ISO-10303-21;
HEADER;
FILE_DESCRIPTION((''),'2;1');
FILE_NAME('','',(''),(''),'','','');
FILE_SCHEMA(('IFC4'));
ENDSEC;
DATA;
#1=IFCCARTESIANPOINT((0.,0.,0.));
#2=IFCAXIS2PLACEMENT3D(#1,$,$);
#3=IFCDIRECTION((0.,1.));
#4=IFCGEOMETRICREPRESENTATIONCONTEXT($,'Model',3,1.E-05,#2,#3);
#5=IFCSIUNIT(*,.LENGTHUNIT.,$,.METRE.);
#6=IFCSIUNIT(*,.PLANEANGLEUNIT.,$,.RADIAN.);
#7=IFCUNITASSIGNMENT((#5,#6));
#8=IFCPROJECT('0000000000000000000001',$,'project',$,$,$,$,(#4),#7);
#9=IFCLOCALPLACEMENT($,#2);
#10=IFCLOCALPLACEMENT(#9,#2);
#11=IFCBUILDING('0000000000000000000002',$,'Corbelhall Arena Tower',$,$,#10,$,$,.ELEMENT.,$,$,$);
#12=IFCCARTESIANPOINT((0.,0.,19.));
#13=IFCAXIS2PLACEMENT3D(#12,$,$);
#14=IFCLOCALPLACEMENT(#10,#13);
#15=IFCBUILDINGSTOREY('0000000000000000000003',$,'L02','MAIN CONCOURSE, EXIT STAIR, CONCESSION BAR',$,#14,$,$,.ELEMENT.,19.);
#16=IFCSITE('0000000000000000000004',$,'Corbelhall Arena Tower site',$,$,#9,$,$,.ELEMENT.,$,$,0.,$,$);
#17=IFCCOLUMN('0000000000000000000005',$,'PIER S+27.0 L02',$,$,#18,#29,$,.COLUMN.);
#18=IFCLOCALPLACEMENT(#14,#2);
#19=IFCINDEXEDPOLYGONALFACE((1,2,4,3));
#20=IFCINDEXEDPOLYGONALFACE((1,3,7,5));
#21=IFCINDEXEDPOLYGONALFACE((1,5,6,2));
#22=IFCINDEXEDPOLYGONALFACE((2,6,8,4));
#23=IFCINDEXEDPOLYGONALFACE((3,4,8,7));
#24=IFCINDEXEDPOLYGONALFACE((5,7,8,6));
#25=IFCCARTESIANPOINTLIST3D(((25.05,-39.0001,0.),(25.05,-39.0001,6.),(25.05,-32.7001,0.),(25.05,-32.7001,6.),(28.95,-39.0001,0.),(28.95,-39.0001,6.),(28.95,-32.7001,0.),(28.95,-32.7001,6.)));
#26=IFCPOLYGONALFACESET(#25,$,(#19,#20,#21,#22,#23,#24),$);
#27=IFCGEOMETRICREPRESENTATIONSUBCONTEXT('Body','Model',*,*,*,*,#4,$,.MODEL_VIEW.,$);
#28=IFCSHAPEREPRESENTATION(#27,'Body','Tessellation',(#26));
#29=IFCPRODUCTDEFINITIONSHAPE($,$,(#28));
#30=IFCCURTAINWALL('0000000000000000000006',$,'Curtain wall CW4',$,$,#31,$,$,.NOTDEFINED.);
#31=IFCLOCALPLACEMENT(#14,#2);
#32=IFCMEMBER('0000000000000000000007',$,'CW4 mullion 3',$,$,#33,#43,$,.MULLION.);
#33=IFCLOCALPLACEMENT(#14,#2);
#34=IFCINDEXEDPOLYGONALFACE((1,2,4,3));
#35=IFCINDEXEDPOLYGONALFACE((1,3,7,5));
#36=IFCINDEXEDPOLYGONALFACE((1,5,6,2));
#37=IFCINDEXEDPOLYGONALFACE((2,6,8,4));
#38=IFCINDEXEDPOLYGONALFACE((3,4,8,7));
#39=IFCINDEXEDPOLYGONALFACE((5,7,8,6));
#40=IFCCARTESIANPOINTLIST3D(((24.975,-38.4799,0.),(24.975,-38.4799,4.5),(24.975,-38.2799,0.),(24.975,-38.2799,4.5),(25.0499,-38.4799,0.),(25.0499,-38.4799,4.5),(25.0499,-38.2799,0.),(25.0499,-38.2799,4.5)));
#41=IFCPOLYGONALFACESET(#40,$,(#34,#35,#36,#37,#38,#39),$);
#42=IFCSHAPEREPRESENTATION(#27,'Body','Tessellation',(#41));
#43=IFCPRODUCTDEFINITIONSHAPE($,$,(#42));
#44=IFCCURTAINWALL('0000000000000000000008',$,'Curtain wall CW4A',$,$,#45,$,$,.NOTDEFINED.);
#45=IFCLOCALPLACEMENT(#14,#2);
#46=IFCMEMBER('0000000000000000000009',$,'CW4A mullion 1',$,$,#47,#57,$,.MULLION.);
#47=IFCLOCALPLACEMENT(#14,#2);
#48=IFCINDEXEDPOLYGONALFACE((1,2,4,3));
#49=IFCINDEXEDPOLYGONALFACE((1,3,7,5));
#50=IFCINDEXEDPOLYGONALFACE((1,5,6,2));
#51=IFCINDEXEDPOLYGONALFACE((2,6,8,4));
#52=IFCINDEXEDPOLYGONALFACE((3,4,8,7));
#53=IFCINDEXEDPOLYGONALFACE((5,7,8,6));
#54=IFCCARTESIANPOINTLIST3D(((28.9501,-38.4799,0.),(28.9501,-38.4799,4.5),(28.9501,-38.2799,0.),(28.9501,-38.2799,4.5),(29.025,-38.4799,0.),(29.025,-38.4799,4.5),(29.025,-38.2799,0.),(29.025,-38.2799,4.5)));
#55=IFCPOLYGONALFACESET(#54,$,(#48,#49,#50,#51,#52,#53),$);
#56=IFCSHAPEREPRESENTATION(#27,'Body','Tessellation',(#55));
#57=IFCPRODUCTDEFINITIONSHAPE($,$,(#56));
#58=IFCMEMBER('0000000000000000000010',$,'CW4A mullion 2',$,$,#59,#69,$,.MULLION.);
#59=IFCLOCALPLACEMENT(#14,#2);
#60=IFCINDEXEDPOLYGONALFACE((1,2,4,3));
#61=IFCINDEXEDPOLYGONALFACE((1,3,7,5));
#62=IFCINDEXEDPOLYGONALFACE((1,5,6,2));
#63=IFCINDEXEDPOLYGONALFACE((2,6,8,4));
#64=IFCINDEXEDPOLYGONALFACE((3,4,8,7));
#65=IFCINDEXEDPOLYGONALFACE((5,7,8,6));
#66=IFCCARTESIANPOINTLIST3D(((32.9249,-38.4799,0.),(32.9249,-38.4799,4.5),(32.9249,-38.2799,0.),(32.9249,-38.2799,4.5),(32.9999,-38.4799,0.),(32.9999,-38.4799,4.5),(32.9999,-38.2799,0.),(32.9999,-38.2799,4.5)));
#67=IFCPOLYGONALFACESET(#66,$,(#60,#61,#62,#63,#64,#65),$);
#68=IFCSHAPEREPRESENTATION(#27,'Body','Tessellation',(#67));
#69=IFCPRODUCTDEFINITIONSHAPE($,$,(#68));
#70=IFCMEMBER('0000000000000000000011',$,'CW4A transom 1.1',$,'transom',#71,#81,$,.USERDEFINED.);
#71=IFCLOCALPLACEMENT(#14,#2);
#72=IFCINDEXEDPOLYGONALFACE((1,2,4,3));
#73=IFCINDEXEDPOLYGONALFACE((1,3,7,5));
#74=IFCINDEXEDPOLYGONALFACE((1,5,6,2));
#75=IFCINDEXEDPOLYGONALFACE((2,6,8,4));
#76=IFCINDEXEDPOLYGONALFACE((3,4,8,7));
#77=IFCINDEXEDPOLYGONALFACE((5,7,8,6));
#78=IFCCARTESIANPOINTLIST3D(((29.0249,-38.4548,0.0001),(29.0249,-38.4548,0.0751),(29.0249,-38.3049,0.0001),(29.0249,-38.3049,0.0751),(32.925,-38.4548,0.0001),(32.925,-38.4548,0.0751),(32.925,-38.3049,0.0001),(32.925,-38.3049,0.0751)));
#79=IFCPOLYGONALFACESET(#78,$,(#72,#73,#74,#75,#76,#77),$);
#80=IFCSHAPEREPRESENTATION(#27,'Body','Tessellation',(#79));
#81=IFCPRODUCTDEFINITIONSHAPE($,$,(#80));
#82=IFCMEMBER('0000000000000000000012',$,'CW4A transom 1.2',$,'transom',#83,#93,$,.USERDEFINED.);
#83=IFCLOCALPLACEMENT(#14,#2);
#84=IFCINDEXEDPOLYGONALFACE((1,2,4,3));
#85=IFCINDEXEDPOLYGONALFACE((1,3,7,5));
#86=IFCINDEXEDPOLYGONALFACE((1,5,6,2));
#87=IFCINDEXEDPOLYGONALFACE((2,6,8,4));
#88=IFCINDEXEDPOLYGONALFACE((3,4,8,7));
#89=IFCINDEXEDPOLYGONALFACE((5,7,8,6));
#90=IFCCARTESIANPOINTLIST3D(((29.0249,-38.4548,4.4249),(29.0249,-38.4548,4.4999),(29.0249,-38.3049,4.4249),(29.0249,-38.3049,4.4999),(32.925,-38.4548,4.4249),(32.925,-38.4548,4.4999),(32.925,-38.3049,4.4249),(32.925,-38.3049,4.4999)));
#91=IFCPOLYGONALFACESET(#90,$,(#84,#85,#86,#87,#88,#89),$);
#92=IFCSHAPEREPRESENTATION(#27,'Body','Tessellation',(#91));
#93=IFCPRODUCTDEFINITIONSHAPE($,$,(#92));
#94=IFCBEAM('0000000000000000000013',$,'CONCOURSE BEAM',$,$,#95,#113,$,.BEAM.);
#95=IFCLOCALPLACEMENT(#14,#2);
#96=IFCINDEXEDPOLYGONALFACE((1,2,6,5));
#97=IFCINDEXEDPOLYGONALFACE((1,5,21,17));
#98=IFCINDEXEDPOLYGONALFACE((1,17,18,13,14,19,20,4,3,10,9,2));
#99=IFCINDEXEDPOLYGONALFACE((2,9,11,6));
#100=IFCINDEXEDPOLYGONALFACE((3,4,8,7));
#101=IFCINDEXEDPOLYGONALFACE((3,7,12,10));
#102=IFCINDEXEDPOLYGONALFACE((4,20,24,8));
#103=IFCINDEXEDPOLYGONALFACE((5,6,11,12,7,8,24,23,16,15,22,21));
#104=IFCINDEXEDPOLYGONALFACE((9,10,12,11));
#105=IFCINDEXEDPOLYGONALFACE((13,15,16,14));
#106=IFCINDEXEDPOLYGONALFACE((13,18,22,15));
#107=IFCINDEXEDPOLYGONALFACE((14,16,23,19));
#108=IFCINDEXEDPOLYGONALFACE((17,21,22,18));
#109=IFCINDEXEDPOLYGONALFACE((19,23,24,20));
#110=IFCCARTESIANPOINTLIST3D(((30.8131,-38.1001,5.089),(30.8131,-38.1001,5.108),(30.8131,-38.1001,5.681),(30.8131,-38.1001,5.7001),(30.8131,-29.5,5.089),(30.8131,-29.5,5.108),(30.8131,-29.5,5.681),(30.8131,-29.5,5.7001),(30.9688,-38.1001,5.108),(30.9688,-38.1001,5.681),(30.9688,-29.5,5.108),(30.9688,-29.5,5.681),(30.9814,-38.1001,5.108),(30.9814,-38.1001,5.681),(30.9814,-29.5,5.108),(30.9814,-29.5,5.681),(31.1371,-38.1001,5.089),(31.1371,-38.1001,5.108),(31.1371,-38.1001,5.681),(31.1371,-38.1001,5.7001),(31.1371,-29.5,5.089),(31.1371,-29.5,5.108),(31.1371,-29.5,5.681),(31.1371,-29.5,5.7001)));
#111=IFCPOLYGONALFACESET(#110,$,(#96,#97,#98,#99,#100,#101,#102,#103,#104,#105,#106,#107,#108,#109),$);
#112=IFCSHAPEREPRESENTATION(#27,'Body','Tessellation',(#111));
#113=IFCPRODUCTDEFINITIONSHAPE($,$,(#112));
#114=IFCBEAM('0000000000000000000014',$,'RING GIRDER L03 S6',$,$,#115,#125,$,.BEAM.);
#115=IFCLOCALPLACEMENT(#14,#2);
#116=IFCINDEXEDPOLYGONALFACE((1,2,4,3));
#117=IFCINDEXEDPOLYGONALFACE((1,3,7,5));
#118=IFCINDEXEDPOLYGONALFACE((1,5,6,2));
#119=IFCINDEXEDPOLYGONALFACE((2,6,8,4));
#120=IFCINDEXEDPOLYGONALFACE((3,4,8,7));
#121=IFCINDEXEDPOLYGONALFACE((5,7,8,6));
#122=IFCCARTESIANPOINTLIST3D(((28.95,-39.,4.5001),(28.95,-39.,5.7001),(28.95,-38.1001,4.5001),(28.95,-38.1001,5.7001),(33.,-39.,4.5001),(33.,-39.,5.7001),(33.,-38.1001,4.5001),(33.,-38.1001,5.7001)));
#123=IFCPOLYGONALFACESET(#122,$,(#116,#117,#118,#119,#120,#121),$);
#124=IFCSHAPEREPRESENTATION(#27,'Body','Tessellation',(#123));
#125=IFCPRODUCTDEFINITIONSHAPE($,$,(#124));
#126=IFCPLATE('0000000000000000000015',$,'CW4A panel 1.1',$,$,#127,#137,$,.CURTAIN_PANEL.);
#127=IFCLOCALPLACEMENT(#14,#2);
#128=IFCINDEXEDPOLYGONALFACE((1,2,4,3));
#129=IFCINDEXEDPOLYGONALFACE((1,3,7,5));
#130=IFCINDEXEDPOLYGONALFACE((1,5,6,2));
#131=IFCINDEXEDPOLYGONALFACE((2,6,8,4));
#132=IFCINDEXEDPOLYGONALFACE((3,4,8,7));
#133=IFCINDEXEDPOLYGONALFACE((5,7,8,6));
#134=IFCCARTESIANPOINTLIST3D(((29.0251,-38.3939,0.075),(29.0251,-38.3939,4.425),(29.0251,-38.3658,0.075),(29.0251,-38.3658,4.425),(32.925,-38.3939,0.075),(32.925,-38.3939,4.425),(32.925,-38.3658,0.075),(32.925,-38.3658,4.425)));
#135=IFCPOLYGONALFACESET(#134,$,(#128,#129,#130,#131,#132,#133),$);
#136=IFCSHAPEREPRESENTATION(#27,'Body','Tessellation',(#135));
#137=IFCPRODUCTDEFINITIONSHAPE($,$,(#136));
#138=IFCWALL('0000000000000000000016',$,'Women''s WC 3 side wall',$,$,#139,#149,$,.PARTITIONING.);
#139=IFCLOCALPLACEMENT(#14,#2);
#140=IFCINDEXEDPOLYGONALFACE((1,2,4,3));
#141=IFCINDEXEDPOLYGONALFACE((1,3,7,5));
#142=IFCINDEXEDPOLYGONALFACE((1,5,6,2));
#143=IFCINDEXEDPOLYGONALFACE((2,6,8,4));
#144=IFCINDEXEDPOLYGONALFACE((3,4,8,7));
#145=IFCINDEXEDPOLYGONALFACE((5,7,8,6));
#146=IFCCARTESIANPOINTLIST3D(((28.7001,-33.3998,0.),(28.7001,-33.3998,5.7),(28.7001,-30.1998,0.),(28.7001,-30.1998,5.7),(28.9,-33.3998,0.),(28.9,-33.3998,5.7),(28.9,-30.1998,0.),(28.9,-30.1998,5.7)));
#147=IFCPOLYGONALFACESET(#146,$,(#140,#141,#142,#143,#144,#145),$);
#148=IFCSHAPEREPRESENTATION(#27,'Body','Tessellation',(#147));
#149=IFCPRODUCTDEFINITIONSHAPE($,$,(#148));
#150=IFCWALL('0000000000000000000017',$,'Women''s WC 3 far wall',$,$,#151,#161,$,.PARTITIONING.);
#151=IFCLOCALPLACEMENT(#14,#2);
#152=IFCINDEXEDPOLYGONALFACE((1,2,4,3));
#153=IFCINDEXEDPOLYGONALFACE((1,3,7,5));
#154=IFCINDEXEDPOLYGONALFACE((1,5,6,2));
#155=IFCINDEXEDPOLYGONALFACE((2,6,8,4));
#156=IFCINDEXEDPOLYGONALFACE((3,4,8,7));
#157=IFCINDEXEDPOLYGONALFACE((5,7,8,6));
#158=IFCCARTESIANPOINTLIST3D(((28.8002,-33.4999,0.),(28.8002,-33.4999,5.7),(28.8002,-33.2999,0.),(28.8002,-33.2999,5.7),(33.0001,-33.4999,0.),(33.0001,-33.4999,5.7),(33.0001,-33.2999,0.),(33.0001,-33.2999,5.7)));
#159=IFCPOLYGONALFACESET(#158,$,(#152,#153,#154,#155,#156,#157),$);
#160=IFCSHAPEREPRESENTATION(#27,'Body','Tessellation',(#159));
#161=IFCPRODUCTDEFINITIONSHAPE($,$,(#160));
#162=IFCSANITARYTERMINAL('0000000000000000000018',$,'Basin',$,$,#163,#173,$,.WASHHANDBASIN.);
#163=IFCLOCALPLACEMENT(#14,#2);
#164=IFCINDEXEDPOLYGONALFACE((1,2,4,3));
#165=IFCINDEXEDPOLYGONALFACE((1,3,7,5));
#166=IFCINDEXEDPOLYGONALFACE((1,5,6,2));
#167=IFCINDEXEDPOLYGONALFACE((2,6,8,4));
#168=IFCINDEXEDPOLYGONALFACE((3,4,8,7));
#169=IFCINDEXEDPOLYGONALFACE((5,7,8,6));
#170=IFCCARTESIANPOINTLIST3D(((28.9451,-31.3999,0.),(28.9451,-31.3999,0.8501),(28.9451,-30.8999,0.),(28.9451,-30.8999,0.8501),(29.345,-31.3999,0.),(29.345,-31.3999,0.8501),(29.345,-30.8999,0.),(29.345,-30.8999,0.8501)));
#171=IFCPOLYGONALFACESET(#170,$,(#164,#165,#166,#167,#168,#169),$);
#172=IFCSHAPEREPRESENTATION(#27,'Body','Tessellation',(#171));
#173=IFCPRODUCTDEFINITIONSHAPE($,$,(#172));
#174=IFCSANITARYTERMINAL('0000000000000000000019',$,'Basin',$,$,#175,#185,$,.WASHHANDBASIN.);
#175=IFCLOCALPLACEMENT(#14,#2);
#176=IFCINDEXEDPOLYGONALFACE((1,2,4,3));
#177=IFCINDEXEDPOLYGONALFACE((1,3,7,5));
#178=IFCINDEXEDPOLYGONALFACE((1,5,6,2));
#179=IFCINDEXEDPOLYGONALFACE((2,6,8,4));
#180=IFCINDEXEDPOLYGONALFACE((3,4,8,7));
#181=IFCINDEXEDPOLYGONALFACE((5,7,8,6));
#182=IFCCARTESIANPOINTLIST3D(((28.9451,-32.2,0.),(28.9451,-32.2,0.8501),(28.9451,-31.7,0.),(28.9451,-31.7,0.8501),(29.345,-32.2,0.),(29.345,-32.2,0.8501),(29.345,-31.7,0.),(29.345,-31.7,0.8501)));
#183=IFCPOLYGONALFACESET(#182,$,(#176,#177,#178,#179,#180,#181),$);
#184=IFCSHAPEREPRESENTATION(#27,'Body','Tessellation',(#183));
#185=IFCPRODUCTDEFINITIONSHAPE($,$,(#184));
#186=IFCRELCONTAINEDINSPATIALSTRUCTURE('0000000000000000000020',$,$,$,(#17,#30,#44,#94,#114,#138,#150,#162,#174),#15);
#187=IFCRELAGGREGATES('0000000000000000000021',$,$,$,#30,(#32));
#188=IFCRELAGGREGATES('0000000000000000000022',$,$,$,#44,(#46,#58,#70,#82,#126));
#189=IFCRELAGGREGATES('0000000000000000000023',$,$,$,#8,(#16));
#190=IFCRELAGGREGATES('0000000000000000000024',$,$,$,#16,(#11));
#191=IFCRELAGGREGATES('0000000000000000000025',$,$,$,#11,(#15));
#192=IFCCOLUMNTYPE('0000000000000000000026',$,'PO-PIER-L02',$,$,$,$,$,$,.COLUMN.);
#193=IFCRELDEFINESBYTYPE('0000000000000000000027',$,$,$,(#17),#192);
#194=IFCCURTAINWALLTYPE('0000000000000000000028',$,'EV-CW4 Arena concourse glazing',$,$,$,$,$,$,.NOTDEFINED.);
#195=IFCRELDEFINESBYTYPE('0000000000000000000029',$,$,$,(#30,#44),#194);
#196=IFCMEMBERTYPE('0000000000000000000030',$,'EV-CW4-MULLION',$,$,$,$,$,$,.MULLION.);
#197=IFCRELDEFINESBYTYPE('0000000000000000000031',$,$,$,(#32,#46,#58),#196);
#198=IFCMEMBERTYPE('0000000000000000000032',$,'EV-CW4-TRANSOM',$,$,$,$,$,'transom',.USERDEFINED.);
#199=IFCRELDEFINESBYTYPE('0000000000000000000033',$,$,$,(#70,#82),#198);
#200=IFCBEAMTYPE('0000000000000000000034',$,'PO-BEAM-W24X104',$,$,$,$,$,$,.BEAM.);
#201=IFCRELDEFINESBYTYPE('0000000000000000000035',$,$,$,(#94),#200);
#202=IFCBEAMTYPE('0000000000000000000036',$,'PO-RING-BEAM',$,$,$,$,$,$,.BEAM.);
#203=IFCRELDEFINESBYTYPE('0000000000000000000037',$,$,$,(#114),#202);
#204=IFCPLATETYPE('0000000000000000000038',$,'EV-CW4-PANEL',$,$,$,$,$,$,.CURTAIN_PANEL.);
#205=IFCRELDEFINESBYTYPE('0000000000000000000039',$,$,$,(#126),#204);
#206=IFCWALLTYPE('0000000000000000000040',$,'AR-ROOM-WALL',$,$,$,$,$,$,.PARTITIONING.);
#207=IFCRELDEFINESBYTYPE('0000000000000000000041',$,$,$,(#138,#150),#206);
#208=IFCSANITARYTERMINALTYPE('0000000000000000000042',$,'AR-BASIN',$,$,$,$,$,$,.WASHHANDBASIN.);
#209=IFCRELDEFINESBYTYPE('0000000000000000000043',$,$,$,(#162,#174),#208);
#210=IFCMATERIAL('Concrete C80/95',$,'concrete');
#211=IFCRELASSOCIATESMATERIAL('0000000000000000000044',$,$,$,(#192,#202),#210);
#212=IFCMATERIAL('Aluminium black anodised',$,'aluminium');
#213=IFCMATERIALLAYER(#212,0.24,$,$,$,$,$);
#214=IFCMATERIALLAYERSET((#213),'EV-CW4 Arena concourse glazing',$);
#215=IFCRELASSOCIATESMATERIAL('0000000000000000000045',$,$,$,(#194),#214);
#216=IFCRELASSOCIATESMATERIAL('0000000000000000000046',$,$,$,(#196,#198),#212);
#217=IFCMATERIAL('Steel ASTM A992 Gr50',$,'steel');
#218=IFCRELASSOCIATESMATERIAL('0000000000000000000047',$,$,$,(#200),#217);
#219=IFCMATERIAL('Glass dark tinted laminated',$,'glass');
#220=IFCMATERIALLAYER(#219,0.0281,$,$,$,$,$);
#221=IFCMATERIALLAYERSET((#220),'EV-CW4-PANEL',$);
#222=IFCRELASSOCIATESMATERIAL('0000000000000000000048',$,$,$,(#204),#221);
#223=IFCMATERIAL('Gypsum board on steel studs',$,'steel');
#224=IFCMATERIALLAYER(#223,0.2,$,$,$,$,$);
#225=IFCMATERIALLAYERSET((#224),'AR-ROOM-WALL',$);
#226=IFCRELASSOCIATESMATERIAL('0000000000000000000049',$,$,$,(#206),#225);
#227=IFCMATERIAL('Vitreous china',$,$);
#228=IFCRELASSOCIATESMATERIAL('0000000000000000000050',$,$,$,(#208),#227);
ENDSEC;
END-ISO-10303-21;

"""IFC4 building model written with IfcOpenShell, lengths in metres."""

from ifc_helpers import new_model, si_unit, direction, frame, frame_2d, origin, origin_2d, place, context, subcontext, project, spatial, rectangle, i_section, extrude, material, layer, layer_set, material_profile, profile_set, type_object, element, aggregate, save


model = new_model("IFC4")

# Units and contexts
model_context = context("Model", 3, precision=1e-05, world=origin(), true_north=direction((0.0, 1.0)))
body_context = subcontext(model_context, "Body", "Model", "MODEL_VIEW")
ifc_project = project(units=[si_unit("LENGTHUNIT", "METRE"), si_unit("PLANEANGLEUNIT", "RADIAN")], contexts=[model_context])

# Site, building, storey
site_placement = place(None, origin())
site = spatial("IfcSite", under=ifc_project, at=site_placement, Name="Corbelhall Arena Tower site", CompositionType="ELEMENT", RefElevation=0.0)
building_placement = place(site_placement, origin())
building = spatial("IfcBuilding", under=site, at=building_placement, Name="Corbelhall Arena Tower", CompositionType="ELEMENT")
storey_placement = place(building_placement, frame((0.0, 0.0, 19.0)))
storey = spatial("IfcBuildingStorey", under=building, at=storey_placement, Name="L02", Description="MAIN CONCOURSE, EXIT STAIR, CONCESSION BAR", CompositionType="ELEMENT", Elevation=19.0)

# Column
ifc_material_1 = material(Name="Concrete C80/95", Category="concrete")
ifc_material_profile_1 = material_profile(ifc_material_1, rectangle(XDim=3.8999, YDim=6.3, at=origin_2d()))
ifc_profile_set_1 = profile_set([ifc_material_profile_1], Name="Concrete C80/95")
column_type = type_object("IfcColumnType", Name="PO-PIER-L02", PredefinedType="COLUMN", material=ifc_profile_set_1)
column_placement = place(storey_placement, frame((27.0, -35.8501, 0.0), z_axis=(0.0, 0.0, 1.0), x_axis=(1.0, 0.0, 0.0)))
element("IfcColumn", 1, at=column_placement, inside=storey, type_object=column_type, Name="PIER S+27.0 L02", PredefinedType="COLUMN", context=body_context, shape_type="SweptSolid", body=[
    extrude(rectangle(XDim=3.8999, YDim=6.3, at=origin_2d()), origin(), (0.0, 0.0, 1.0), 6.0),
])

# Curtain wall, member
ifc_material_2 = material(Name="Aluminium black anodised", Category="aluminium")
ifc_layer_1 = layer(ifc_material_2, 0.24)
ifc_layer_set_1 = layer_set([ifc_layer_1], Name="EV-CW4 Arena concourse glazing")
curtain_wall_type = type_object("IfcCurtainWallType", Name="EV-CW4 Arena concourse glazing", PredefinedType="NOTDEFINED", material=ifc_layer_set_1)
curtain_wall_1_placement = place(storey_placement, origin())
curtain_wall_1 = element("IfcCurtainWall", 2, at=curtain_wall_1_placement, inside=storey, type_object=curtain_wall_type, Name="Curtain wall CW4", PredefinedType="NOTDEFINED")
ifc_material_profile_2 = material_profile(ifc_material_2, rectangle(XDim=0.2, YDim=0.075, at=origin_2d()))
ifc_profile_set_2 = profile_set([ifc_material_profile_2], Name="Aluminium black anodised")
member_type_1 = type_object("IfcMemberType", Name="EV-CW4-MULLION", PredefinedType="MULLION", material=ifc_profile_set_2)
member_1_placement = place(storey_placement, frame((25.0125, -38.3799, 0.0), z_axis=(0.0, 0.0, 1.0), x_axis=(0.0, 1.0, 0.0)))
member_1 = element("IfcMember", 3, at=member_1_placement, type_object=member_type_1, Name="CW4 mullion 3", PredefinedType="MULLION", context=body_context, shape_type="SweptSolid", body=[
    extrude(rectangle(XDim=0.2, YDim=0.075, at=origin_2d()), origin(), (0.0, 0.0, 1.0), 4.5),
])
aggregate(curtain_wall_1, [member_1])

# Curtain wall, members
curtain_wall_2_placement = place(storey_placement, origin())
curtain_wall_2 = element("IfcCurtainWall", 4, at=curtain_wall_2_placement, inside=storey, type_object=curtain_wall_type, Name="Curtain wall CW4A", PredefinedType="NOTDEFINED")
member_2_placement = place(storey_placement, frame((28.9875, -38.3799, 0.0), z_axis=(0.0, 0.0, 1.0), x_axis=(0.0, 1.0, 0.0)))
member_2 = element("IfcMember", 5, at=member_2_placement, type_object=member_type_1, Name="CW4A mullion 1", PredefinedType="MULLION", context=body_context, shape_type="SweptSolid", body=[
    extrude(rectangle(XDim=0.2, YDim=0.075, at=origin_2d()), origin(), (0.0, 0.0, 1.0), 4.5),
])
member_3_placement = place(storey_placement, frame((32.9624, -38.3799, 0.0), z_axis=(0.0, 0.0, 1.0), x_axis=(0.0, 1.0, 0.0)))
member_3 = element("IfcMember", 6, at=member_3_placement, type_object=member_type_1, Name="CW4A mullion 2", PredefinedType="MULLION", context=body_context, shape_type="SweptSolid", body=[
    extrude(rectangle(XDim=0.2, YDim=0.075, at=origin_2d()), origin(), (0.0, 0.0, 1.0), 4.5),
])
ifc_material_profile_3 = material_profile(ifc_material_2, rectangle(XDim=0.1499, YDim=0.075, at=origin_2d()))
ifc_profile_set_3 = profile_set([ifc_material_profile_3], Name="Aluminium black anodised")
member_type_2 = type_object("IfcMemberType", Name="EV-CW4-TRANSOM", ElementType="transom", PredefinedType="USERDEFINED", material=ifc_profile_set_3)
member_4_placement = place(storey_placement, frame((29.0249, -38.3799, 0.0376), z_axis=(1.0, 0.0, 0.0), x_axis=(0.0, 1.0, 0.0)))
member_4 = element("IfcMember", 7, at=member_4_placement, type_object=member_type_2, Name="CW4A transom 1.1", ObjectType="transom", PredefinedType="USERDEFINED", context=body_context, shape_type="SweptSolid", body=[
    extrude(rectangle(XDim=0.1499, YDim=0.075, at=origin_2d()), origin(), (0.0, 0.0, 1.0), 3.9001),
])
member_5_placement = place(storey_placement, frame((29.0249, -38.3799, 4.4624), z_axis=(1.0, 0.0, 0.0), x_axis=(0.0, 1.0, 0.0)))
member_5 = element("IfcMember", 8, at=member_5_placement, type_object=member_type_2, Name="CW4A transom 1.2", ObjectType="transom", PredefinedType="USERDEFINED", context=body_context, shape_type="SweptSolid", body=[
    extrude(rectangle(XDim=0.1499, YDim=0.075, at=origin_2d()), origin(), (0.0, 0.0, 1.0), 3.9001),
])

# Beams
ifc_material_3 = material(Name="Steel ASTM A992 Gr50", Category="steel")
ifc_material_profile_4 = material_profile(ifc_material_3, i_section(OverallWidth=0.324, OverallDepth=0.6111, WebThickness=0.0127, FlangeThickness=0.019, at=origin_2d()))
ifc_profile_set_4 = profile_set([ifc_material_profile_4], Name="Steel ASTM A992 Gr50")
beam_type_1 = type_object("IfcBeamType", Name="PO-BEAM-W24X104", PredefinedType="BEAM", material=ifc_profile_set_4)
beam_1_placement = place(storey_placement, frame((30.9751, -29.5, 5.3945), z_axis=(0.0, -1.0, 0.0), x_axis=(1.0, 0.0, 0.0)))
element("IfcBeam", 9, at=beam_1_placement, inside=storey, type_object=beam_type_1, Name="CONCOURSE BEAM", PredefinedType="BEAM", context=body_context, shape_type="SweptSolid", body=[
    extrude(i_section(OverallWidth=0.324, OverallDepth=0.6111, WebThickness=0.0127, FlangeThickness=0.019, at=origin_2d()), origin(), (0.0, 0.0, 1.0), 8.6001),
])
ifc_material_profile_5 = material_profile(ifc_material_1, rectangle(XDim=0.8999, YDim=1.2, at=origin_2d()))
ifc_profile_set_5 = profile_set([ifc_material_profile_5], Name="Concrete C80/95")
beam_type_2 = type_object("IfcBeamType", Name="PO-RING-BEAM", PredefinedType="BEAM", material=ifc_profile_set_5)
beam_2_placement = place(storey_placement, frame((28.95, -38.55, 5.1001), z_axis=(1.0, 0.0, 0.0), x_axis=(0.0, 1.0, 0.0)))
element("IfcBeam", 10, at=beam_2_placement, inside=storey, type_object=beam_type_2, Name="RING GIRDER L03 S6", PredefinedType="BEAM", context=body_context, shape_type="SweptSolid", body=[
    extrude(rectangle(XDim=0.8999, YDim=1.2, at=origin_2d()), origin(), (0.0, 0.0, 1.0), 4.05),
])

# Plate
ifc_material_4 = material(Name="Glass dark tinted laminated", Category="glass")
ifc_layer_2 = layer(ifc_material_4, 0.0281)
ifc_layer_set_2 = layer_set([ifc_layer_2], Name="EV-CW4-PANEL")
plate_type = type_object("IfcPlateType", Name="EV-CW4-PANEL", PredefinedType="CURTAIN_PANEL", material=ifc_layer_set_2)
plate_placement = place(storey_placement, frame((30.9751, -38.3799, 0.075), z_axis=(0.0, 0.0, 1.0), x_axis=(1.0, 0.0, 0.0)))
plate = element("IfcPlate", 11, at=plate_placement, type_object=plate_type, Name="CW4A panel 1.1", PredefinedType="CURTAIN_PANEL", context=body_context, shape_type="SweptSolid", body=[
    extrude(rectangle(XDim=3.8999, YDim=0.0281, at=origin_2d()), origin(), (0.0, 0.0, 1.0), 4.3501),
])
aggregate(curtain_wall_2, [member_2, member_3, member_4, member_5, plate])

# Shared definitions
ifc_material_5 = material(Name="Gypsum board on steel studs", Category="steel")
ifc_layer_3 = layer(ifc_material_5, 0.2)
ifc_layer_set_3 = layer_set([ifc_layer_3], Name="AR-ROOM-WALL")
wall_type_1 = type_object("IfcWallType", Name="AR-ROOM-WALL", PredefinedType="PARTITIONING", material=ifc_layer_set_3)

# Walls
wall_1_placement = place(storey_placement, frame((28.8, -33.3999, 0.0), z_axis=(0.0, 0.0, 1.0), x_axis=(0.0, 1.0, 0.0)))
element("IfcWall", 12, at=wall_1_placement, inside=storey, type_object=wall_type_1, Name="Women's WC 3 side wall", PredefinedType="PARTITIONING", context=body_context, shape_type="SweptSolid", body=[
    extrude(rectangle(XDim=3.2, YDim=0.2, at=frame_2d((1.6001, 0.0))), origin(), (0.0, 0.0, 1.0), 5.7),
])
wall_2_placement = place(storey_placement, frame((28.8, -33.3999, 0.0), z_axis=(0.0, 0.0, 1.0), x_axis=(1.0, 0.0, 0.0)))
element("IfcWall", 13, at=wall_2_placement, inside=storey, type_object=wall_type_1, Name="Women's WC 3 far wall", PredefinedType="PARTITIONING", context=body_context, shape_type="SweptSolid", body=[
    extrude(rectangle(XDim=4.2, YDim=0.2, at=frame_2d((2.1001, 0.0))), origin(), (0.0, 0.0, 1.0), 5.7),
])

# Sanitary terminals
ifc_material_6 = material(Name="Vitreous china")
sanitary_terminal_type_1 = type_object("IfcSanitaryTerminalType", Name="AR-BASIN", PredefinedType="WASHHANDBASIN", material=ifc_material_6)
for number, where, z_axis, x_axis, name in (
    (14, (29.145, -31.1499, 0.0), (0.0, 0.0, 1.0), (1.0, 0.0, 0.0), "Basin"),
    (15, (29.145, -31.95, 0.0), (0.0, 0.0, 1.0), (1.0, 0.0, 0.0), "Basin"),
):
    element("IfcSanitaryTerminal", number, at=place(storey_placement, frame(where, z_axis=z_axis, x_axis=x_axis)), inside=storey, type_object=sanitary_terminal_type_1, Name=name, PredefinedType="WASHHANDBASIN", context=body_context, shape_type="SweptSolid", body=[
        extrude(rectangle(XDim=0.3999, YDim=0.5, at=origin_2d()), origin(), (0.0, 0.0, 1.0), 0.8501),
    ])

save(model, "model.ifc")
